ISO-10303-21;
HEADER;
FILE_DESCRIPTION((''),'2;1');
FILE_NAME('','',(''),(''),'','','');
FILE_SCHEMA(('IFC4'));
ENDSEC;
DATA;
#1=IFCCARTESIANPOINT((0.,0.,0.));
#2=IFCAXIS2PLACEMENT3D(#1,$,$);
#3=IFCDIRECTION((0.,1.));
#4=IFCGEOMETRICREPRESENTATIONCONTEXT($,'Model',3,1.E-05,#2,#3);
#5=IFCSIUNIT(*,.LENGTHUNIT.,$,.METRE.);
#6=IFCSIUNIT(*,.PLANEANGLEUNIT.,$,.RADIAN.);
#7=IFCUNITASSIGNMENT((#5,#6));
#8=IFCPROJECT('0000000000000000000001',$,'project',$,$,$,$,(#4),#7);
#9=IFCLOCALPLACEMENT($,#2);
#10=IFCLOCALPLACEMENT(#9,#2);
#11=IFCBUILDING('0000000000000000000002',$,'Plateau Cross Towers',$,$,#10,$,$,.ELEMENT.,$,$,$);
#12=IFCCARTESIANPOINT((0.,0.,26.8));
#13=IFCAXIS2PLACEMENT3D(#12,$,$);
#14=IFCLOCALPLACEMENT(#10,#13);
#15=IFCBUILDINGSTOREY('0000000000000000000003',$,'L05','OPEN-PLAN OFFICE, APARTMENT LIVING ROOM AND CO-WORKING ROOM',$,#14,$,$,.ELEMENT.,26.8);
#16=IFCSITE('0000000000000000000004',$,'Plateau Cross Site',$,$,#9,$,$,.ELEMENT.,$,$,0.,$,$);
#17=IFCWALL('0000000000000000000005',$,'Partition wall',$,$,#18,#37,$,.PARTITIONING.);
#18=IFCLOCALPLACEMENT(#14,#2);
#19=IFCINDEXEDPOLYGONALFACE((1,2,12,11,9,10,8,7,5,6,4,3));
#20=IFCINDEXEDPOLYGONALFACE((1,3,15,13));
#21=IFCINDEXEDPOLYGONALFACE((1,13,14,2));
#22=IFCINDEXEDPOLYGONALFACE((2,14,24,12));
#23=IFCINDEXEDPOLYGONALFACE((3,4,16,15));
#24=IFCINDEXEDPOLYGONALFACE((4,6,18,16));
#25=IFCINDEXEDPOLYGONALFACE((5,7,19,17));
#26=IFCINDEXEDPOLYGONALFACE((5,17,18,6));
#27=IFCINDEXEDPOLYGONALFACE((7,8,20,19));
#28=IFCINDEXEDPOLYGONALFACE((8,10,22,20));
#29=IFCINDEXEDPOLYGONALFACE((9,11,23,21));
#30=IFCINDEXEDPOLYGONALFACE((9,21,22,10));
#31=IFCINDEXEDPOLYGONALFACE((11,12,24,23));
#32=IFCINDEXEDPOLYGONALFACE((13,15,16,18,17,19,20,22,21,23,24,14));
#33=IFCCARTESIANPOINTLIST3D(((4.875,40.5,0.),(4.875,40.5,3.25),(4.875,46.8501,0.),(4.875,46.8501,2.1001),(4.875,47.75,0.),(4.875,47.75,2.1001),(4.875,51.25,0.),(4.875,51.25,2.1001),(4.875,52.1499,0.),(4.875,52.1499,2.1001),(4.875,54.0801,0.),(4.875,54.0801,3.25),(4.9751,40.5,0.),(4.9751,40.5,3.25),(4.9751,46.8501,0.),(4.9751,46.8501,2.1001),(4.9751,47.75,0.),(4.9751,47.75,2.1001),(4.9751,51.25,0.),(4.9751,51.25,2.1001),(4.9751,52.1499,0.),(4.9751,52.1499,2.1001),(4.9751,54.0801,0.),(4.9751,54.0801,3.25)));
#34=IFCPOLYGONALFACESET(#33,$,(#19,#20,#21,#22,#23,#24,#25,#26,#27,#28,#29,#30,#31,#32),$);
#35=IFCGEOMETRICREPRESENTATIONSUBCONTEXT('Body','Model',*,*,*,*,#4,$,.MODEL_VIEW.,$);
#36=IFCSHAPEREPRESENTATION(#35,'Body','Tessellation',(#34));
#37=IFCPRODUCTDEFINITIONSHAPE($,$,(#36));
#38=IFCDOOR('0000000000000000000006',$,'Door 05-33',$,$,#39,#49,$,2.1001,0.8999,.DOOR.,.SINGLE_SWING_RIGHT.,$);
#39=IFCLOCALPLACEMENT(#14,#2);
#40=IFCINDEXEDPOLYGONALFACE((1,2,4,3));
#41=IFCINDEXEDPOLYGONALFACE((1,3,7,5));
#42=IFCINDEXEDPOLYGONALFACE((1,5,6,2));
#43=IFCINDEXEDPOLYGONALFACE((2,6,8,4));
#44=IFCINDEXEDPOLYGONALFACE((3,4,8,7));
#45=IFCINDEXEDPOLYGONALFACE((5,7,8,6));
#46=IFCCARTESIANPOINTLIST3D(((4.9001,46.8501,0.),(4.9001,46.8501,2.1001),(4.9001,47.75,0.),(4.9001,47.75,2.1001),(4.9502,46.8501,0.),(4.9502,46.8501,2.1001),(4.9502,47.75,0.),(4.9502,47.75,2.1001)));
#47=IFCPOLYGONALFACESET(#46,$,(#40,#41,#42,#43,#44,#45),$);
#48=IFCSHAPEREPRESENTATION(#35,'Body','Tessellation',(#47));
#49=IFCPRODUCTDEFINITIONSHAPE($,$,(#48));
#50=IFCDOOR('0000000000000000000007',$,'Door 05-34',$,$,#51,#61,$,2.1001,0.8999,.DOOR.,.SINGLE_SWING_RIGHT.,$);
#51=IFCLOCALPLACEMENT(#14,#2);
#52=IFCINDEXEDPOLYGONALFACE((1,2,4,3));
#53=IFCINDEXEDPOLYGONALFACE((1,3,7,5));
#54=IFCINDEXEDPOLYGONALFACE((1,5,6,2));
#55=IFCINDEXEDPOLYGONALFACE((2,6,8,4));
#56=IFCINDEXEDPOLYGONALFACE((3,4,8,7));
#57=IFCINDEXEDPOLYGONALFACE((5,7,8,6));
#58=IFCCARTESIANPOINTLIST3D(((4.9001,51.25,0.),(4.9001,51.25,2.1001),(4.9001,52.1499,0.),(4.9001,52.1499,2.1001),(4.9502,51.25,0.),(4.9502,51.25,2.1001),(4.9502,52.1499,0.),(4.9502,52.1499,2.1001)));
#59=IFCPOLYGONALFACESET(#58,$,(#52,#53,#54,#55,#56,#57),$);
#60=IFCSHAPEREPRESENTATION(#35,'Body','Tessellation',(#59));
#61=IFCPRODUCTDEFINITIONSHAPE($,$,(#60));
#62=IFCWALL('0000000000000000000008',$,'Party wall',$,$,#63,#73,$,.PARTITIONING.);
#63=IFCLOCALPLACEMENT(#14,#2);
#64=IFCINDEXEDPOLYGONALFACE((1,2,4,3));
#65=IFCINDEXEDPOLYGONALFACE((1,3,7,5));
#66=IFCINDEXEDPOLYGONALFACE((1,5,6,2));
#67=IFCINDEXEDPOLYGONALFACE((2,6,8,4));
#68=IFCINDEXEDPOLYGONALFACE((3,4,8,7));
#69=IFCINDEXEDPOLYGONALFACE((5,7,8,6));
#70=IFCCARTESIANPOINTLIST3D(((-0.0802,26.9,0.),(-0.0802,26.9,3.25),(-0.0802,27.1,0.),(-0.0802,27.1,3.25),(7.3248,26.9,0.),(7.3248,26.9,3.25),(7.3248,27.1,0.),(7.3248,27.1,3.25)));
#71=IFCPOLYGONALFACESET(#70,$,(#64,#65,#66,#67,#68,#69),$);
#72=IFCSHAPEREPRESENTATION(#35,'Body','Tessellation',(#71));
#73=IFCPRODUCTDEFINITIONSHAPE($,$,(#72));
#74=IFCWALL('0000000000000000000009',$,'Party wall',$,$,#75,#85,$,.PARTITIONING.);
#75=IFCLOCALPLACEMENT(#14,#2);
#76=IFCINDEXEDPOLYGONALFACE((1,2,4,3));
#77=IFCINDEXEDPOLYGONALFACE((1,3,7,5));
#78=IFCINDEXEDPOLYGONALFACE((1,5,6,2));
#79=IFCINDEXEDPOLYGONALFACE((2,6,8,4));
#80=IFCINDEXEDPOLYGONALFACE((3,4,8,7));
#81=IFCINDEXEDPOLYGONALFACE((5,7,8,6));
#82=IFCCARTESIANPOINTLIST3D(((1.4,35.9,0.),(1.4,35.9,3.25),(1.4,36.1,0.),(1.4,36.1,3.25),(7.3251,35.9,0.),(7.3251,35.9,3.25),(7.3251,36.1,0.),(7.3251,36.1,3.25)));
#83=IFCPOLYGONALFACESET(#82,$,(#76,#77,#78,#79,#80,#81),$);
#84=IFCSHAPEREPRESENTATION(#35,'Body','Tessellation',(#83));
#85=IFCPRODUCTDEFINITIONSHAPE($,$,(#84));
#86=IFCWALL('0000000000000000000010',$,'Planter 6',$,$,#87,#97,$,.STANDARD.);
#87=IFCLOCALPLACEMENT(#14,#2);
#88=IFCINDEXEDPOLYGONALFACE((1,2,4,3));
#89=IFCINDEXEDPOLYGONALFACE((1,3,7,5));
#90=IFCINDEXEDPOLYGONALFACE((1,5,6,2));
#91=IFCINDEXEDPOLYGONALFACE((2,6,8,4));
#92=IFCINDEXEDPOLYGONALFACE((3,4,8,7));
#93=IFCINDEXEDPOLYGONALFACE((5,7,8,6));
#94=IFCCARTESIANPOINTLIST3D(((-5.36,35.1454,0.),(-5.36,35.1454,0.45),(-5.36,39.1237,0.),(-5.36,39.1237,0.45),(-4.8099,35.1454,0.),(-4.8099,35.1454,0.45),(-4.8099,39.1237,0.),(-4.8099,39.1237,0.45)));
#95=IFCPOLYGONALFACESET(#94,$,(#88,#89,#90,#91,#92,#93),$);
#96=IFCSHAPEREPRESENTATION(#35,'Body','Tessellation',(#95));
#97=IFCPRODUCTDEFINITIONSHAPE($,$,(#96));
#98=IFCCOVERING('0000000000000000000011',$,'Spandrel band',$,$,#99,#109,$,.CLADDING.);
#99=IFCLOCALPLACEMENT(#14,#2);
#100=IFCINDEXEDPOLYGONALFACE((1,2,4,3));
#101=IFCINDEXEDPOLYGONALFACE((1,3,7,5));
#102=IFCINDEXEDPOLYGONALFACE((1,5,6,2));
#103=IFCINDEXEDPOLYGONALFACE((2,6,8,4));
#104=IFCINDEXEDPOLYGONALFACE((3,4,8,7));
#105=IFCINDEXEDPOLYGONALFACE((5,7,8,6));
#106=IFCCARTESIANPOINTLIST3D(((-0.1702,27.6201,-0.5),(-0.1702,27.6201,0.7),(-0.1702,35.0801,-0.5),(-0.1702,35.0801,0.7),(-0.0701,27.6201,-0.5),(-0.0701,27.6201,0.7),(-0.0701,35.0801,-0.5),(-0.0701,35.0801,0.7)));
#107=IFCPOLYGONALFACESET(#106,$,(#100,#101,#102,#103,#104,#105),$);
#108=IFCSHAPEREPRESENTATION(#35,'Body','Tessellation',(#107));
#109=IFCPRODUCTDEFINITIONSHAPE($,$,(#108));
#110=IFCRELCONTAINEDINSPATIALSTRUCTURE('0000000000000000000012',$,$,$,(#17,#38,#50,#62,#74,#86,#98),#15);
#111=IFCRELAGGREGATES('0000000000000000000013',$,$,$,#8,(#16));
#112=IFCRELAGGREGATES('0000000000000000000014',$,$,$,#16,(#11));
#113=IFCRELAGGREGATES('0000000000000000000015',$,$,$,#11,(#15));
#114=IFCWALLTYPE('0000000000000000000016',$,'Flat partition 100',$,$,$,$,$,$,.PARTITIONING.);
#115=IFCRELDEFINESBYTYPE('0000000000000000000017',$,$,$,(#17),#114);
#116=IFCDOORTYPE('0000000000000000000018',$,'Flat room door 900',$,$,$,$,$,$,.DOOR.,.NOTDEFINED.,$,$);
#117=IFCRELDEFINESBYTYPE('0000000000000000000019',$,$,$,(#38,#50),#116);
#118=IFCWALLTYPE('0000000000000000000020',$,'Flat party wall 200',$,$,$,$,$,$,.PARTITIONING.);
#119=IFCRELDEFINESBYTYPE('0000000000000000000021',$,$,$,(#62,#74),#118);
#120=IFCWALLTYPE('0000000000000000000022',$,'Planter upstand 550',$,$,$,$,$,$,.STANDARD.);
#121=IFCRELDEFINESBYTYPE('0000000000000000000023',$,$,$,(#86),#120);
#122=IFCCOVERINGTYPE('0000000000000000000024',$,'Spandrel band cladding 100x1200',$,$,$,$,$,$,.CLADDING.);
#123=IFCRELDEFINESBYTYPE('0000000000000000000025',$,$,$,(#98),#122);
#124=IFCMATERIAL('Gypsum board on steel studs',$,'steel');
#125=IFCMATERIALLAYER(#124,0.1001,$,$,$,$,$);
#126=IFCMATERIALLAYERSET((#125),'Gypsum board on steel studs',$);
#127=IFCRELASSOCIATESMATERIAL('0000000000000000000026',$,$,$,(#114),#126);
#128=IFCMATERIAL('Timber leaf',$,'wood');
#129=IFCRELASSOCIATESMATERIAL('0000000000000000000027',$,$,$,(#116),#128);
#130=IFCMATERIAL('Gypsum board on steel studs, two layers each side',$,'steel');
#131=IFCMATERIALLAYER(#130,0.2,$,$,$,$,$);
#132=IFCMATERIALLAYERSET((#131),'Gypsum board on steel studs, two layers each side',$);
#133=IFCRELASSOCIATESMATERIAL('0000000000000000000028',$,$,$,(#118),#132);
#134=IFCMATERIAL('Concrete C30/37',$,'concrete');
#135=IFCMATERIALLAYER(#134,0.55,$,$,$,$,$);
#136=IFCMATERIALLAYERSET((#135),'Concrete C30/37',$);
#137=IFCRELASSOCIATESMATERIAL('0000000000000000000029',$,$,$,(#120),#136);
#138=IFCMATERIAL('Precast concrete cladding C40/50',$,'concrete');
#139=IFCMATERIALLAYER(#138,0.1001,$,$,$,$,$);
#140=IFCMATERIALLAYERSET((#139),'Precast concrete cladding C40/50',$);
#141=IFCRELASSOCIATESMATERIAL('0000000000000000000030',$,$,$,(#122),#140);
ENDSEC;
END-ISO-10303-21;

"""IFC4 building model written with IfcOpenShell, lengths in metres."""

from ifc_helpers import new_model, si_unit, direction, frame, frame_2d, origin, origin_2d, place, context, subcontext, project, spatial, rectangle, extrude, material, layer, layer_set, type_object, element, fill, save


model = new_model("IFC4")

# Units and contexts
model_context = context("Model", 3, precision=1e-05, world=origin(), true_north=direction((0.0, 1.0)))
body_context = subcontext(model_context, "Body", "Model", "MODEL_VIEW")
ifc_project = project(units=[si_unit("LENGTHUNIT", "METRE"), si_unit("PLANEANGLEUNIT", "RADIAN")], contexts=[model_context])

# Site, building, storey
site_placement = place(None, origin())
site = spatial("IfcSite", under=ifc_project, at=site_placement, Name="Plateau Cross Site", CompositionType="ELEMENT", RefElevation=0.0)
building_placement = place(site_placement, origin())
building = spatial("IfcBuilding", under=site, at=building_placement, Name="Plateau Cross Towers", CompositionType="ELEMENT")
storey_placement = place(building_placement, frame((0.0, 0.0, 26.8)))
storey = spatial("IfcBuildingStorey", under=building, at=storey_placement, Name="L05", Description="OPEN-PLAN OFFICE, APARTMENT LIVING ROOM AND CO-WORKING ROOM", CompositionType="ELEMENT", Elevation=26.8)

# Shared definitions
ifc_material_1 = material(Name="Gypsum board on steel studs", Category="steel")
ifc_layer_1 = layer(ifc_material_1, 0.1001)
ifc_layer_set_1 = layer_set([ifc_layer_1], Name="Gypsum board on steel studs")
wall_type_1 = type_object("IfcWallType", Name="Flat partition 100", PredefinedType="PARTITIONING", material=ifc_layer_set_1)
ifc_material_2 = material(Name="Timber leaf", Category="wood")
door_type = type_object("IfcDoorType", Name="Flat room door 900", OperationType="NOTDEFINED", PredefinedType="DOOR", material=ifc_material_2)

# Wall, openings, doors
wall_1_placement = place(storey_placement, frame((4.925, 40.5, 0.0), z_axis=(0.0, 0.0, 1.0), x_axis=(0.0, 1.0, 0.0)))
wall_1 = element("IfcWall", 1, at=wall_1_placement, inside=storey, type_object=wall_type_1, Name="Partition wall", PredefinedType="PARTITIONING", context=body_context, shape_type="SweptSolid", body=[
    extrude(rectangle(XDim=13.5801, YDim=0.1001, at=frame_2d((6.79, 0.0))), origin(), (0.0, 0.0, 1.0), 3.25),
])
opening_1_placement = place(wall_1_placement, frame((6.3501, 0.0, 0.0)))
opening_1 = element("IfcOpeningElement", 2, at=opening_1_placement, cuts=wall_1, PredefinedType="OPENING", context=body_context, shape_type="SweptSolid", body=[
    extrude(rectangle(XDim=0.8999, YDim=2.1001, at=frame_2d((0.45, 1.05))), frame((0.0, 0.0601, 0.0), z_axis=(0.0, -1.0, 0.0), x_axis=(1.0, 0.0, 0.0)), (0.0, 0.0, 1.0), 0.1201),
])
opening_2_placement = place(wall_1_placement, frame((10.75, 0.0, 0.0)))
opening_2 = element("IfcOpeningElement", 3, at=opening_2_placement, cuts=wall_1, PredefinedType="OPENING", context=body_context, shape_type="SweptSolid", body=[
    extrude(rectangle(XDim=0.8999, YDim=2.1001, at=frame_2d((0.45, 1.05))), frame((0.0, 0.0601, 0.0), z_axis=(0.0, -1.0, 0.0), x_axis=(1.0, 0.0, 0.0)), (0.0, 0.0, 1.0), 0.1201),
])
door_1_placement = place(opening_1_placement, origin())
door_1 = element("IfcDoor", 4, at=door_1_placement, inside=storey, type_object=door_type, Name="Door 05-33", OperationType="SINGLE_SWING_RIGHT", OverallHeight=2.1001, OverallWidth=0.8999, PredefinedType="DOOR", context=body_context, shape_type="SweptSolid", body=[
    extrude(rectangle(XDim=0.8999, YDim=2.1001, at=frame_2d((0.45, 1.05))), frame((0.0, 0.0249, 0.0), z_axis=(0.0, -1.0, 0.0), x_axis=(1.0, 0.0, 0.0)), (0.0, 0.0, 1.0), 0.05),
])
fill(opening_1, door_1)
door_2_placement = place(opening_2_placement, origin())
door_2 = element("IfcDoor", 5, at=door_2_placement, inside=storey, type_object=door_type, Name="Door 05-34", OperationType="SINGLE_SWING_RIGHT", OverallHeight=2.1001, OverallWidth=0.8999, PredefinedType="DOOR", context=body_context, shape_type="SweptSolid", body=[
    extrude(rectangle(XDim=0.8999, YDim=2.1001, at=frame_2d((0.45, 1.05))), frame((0.0, 0.0249, 0.0), z_axis=(0.0, -1.0, 0.0), x_axis=(1.0, 0.0, 0.0)), (0.0, 0.0, 1.0), 0.05),
])
fill(opening_2, door_2)

# Walls
ifc_material_3 = material(Name="Gypsum board on steel studs, two layers each side", Category="steel")
ifc_layer_2 = layer(ifc_material_3, 0.2)
ifc_layer_set_2 = layer_set([ifc_layer_2], Name="Gypsum board on steel studs, two layers each side")
wall_type_2 = type_object("IfcWallType", Name="Flat party wall 200", PredefinedType="PARTITIONING", material=ifc_layer_set_2)
wall_2_placement = place(storey_placement, frame((7.325, 27.0, 0.0), z_axis=(0.0, 0.0, 1.0), x_axis=(-1.0, 0.0, 0.0)))
element("IfcWall", 6, at=wall_2_placement, inside=storey, type_object=wall_type_2, Name="Party wall", PredefinedType="PARTITIONING", context=body_context, shape_type="SweptSolid", body=[
    extrude(rectangle(XDim=7.405, YDim=0.2, at=frame_2d((3.7026, 0.0))), origin(), (0.0, 0.0, 1.0), 3.25),
])
wall_3_placement = place(storey_placement, frame((7.325, 36.0, 0.0), z_axis=(0.0, 0.0, 1.0), x_axis=(-1.0, 0.0, 0.0)))
element("IfcWall", 7, at=wall_3_placement, inside=storey, type_object=wall_type_2, Name="Party wall", PredefinedType="PARTITIONING", context=body_context, shape_type="SweptSolid", body=[
    extrude(rectangle(XDim=5.925, YDim=0.2, at=frame_2d((2.9624, 0.0))), origin(), (0.0, 0.0, 1.0), 3.25),
])
ifc_material_4 = material(Name="Concrete C30/37", Category="concrete")
ifc_layer_3 = layer(ifc_material_4, 0.55)
ifc_layer_set_3 = layer_set([ifc_layer_3], Name="Concrete C30/37")
wall_type_3 = type_object("IfcWallType", Name="Planter upstand 550", PredefinedType="STANDARD", material=ifc_layer_set_3)
wall_4_placement = place(storey_placement, frame((-5.085, 35.1453, 0.0), z_axis=(0.0, 0.0, 1.0), x_axis=(0.0, 1.0, 0.0)))
element("IfcWall", 8, at=wall_4_placement, inside=storey, type_object=wall_type_3, Name="Planter 6", PredefinedType="STANDARD", context=body_context, shape_type="SweptSolid", body=[
    extrude(rectangle(XDim=3.9783, YDim=0.55, at=frame_2d((1.9893, 0.0))), origin(), (0.0, 0.0, 1.0), 0.45),
])

# Covering
ifc_material_5 = material(Name="Precast concrete cladding C40/50", Category="concrete")
ifc_layer_4 = layer(ifc_material_5, 0.1001)
ifc_layer_set_4 = layer_set([ifc_layer_4], Name="Precast concrete cladding C40/50")
covering_type = type_object("IfcCoveringType", Name="Spandrel band cladding 100x1200", PredefinedType="CLADDING", material=ifc_layer_set_4)
covering_placement = place(storey_placement, frame((-0.1201, 31.3501, -0.5), z_axis=(0.0, 0.0, 1.0), x_axis=(0.0, -1.0, 0.0)))
element("IfcCovering", 9, at=covering_placement, inside=storey, type_object=covering_type, Name="Spandrel band", PredefinedType="CLADDING", context=body_context, shape_type="SweptSolid", body=[
    extrude(rectangle(XDim=7.46, YDim=0.1001, at=origin_2d()), origin(), (0.0, 0.0, 1.0), 1.2),
])

save(model, "model.ifc")
